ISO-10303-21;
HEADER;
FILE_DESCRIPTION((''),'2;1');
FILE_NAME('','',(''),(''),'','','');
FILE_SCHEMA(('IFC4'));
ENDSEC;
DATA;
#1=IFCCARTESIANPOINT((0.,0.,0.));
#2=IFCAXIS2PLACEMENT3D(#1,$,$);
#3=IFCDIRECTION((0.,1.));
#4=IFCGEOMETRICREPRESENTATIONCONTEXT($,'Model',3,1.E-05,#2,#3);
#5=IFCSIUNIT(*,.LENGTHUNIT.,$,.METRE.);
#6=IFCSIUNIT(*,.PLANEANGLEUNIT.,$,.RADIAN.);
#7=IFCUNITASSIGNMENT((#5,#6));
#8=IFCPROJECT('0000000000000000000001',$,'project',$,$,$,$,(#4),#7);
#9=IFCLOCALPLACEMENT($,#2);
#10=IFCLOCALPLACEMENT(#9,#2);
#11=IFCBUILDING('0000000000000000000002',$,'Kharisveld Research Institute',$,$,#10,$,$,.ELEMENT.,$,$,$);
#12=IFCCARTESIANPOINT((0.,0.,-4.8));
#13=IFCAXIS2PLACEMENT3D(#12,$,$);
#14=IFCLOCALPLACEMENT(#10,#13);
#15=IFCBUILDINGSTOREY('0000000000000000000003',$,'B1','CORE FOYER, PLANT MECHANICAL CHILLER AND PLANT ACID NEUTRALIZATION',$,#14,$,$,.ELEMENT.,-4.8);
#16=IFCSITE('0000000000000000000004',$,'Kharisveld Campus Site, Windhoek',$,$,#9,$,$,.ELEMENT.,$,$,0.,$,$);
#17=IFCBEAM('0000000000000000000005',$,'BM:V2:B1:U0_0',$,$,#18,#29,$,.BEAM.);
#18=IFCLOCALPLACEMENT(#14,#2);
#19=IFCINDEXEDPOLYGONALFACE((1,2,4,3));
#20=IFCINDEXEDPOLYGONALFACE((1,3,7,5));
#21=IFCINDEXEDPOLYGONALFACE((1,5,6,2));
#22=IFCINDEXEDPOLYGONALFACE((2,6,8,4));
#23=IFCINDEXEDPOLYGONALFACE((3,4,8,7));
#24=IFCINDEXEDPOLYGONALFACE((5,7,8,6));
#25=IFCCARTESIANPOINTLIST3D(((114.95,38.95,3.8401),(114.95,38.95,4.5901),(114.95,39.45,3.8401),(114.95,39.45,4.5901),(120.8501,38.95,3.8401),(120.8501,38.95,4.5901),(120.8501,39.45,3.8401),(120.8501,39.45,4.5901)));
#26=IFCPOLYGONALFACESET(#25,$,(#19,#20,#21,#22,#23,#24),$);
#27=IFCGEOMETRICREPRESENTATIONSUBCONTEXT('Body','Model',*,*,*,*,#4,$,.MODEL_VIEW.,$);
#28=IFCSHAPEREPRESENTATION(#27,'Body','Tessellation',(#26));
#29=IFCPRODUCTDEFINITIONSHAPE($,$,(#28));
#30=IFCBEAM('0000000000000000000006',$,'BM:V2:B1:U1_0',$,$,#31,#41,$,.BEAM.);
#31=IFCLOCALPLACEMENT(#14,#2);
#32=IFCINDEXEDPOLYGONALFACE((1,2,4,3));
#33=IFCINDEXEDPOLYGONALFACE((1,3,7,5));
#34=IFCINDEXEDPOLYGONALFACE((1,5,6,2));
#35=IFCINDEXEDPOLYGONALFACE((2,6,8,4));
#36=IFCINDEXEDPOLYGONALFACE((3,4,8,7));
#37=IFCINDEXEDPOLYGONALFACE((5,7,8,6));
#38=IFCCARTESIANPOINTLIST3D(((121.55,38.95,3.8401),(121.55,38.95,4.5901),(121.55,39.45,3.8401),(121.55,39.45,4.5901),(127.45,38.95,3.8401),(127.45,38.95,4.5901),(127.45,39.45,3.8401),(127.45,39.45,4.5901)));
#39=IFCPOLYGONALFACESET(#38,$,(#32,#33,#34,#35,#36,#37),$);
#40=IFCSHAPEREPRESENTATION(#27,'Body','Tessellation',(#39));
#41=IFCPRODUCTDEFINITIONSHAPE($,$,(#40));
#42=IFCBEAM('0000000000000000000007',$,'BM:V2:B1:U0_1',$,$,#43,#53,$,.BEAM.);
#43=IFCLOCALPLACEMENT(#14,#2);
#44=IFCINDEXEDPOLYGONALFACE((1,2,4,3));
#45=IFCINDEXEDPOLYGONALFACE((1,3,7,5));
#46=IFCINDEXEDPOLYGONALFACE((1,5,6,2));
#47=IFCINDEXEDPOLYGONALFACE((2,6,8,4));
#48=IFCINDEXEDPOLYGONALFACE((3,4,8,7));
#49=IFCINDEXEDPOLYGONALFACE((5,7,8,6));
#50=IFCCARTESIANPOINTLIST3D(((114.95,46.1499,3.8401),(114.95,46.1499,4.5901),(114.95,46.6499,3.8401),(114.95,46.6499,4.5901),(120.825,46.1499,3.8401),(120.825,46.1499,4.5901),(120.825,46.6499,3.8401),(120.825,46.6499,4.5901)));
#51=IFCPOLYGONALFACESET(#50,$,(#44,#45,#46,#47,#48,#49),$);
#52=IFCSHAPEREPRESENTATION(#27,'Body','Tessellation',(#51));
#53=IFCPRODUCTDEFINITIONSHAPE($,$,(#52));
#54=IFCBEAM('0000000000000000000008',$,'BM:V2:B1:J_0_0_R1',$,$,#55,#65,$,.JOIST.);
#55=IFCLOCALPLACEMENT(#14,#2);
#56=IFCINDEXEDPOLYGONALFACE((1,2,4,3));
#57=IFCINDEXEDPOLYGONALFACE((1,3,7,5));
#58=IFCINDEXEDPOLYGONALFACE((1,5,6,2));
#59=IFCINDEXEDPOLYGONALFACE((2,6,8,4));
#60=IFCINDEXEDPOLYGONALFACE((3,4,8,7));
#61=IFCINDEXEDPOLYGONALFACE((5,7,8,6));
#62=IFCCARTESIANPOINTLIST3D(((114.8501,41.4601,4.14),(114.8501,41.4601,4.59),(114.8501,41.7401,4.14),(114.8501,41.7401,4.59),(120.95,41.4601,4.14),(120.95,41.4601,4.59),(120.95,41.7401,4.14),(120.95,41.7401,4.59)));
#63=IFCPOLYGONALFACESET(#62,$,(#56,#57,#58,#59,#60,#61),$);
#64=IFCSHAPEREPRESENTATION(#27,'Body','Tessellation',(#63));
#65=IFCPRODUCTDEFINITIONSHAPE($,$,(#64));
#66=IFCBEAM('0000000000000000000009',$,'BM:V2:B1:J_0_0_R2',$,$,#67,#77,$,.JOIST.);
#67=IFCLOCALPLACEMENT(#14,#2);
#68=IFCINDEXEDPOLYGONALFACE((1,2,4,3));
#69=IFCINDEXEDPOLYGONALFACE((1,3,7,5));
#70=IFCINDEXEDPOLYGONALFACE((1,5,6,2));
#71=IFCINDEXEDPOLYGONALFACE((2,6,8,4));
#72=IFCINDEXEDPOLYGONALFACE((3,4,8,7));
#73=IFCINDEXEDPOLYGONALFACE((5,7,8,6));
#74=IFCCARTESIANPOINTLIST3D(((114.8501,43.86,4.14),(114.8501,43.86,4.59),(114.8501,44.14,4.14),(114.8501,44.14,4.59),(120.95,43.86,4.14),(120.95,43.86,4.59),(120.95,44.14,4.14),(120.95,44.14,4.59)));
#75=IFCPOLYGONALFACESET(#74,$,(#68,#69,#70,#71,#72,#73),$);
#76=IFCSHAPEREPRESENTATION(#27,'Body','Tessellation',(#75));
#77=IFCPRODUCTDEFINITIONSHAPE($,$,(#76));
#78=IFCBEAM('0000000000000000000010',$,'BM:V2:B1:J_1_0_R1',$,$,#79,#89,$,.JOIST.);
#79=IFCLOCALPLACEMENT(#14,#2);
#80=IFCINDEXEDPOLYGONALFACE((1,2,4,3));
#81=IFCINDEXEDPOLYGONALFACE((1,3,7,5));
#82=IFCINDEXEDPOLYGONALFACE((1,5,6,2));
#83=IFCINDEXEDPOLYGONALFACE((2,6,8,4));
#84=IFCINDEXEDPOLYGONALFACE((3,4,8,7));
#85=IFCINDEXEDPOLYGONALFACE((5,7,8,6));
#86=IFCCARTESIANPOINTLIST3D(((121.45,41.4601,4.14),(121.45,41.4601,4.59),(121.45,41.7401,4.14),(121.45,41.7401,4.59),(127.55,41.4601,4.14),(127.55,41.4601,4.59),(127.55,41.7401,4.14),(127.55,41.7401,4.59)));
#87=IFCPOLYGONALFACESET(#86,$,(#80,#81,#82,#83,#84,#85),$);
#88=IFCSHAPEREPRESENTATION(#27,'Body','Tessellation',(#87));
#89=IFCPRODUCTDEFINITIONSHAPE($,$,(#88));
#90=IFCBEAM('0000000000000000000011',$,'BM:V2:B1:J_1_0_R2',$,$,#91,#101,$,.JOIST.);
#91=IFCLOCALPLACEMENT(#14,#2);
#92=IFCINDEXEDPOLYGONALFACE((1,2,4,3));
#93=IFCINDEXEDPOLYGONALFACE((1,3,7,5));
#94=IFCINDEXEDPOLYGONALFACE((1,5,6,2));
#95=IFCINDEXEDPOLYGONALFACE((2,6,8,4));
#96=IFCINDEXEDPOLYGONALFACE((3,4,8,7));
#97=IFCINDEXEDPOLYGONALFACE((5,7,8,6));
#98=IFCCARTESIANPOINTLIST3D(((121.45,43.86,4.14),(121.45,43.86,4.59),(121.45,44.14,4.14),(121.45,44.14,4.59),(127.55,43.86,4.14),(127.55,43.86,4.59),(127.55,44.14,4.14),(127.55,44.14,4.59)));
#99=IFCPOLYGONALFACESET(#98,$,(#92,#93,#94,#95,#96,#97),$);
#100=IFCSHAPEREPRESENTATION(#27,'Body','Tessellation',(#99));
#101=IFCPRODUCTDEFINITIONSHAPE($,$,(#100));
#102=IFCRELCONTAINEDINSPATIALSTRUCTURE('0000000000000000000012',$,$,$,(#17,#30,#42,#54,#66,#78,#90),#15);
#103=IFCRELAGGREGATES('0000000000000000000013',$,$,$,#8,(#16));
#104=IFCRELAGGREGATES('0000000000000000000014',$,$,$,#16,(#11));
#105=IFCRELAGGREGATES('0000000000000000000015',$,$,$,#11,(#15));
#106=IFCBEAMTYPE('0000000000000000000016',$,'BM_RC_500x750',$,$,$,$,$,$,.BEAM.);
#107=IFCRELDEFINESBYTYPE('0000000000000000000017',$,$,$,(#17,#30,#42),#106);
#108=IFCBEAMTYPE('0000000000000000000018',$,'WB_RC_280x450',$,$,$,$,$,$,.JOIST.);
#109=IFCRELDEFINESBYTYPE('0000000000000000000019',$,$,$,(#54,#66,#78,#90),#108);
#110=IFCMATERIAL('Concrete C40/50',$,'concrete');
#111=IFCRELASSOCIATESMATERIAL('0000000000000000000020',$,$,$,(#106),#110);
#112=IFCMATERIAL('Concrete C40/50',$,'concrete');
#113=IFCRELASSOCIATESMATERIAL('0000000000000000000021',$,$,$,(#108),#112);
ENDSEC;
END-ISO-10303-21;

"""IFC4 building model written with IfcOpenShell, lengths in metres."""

from ifc_helpers import new_model, si_unit, direction, frame, origin, origin_2d, place, context, subcontext, project, spatial, rectangle, extrude, material, material_profile, profile_set, type_object, element, save


model = new_model("IFC4")

# Units and contexts
model_context = context("Model", 3, precision=1e-05, world=origin(), true_north=direction((0.0, 1.0)))
body_context = subcontext(model_context, "Body", "Model", "MODEL_VIEW")
ifc_project = project(units=[si_unit("LENGTHUNIT", "METRE"), si_unit("PLANEANGLEUNIT", "RADIAN")], contexts=[model_context])

# Site, building, storey
site_placement = place(None, origin())
site = spatial("IfcSite", under=ifc_project, at=site_placement, Name="Kharisveld Campus Site, Windhoek", CompositionType="ELEMENT", RefElevation=0.0)
building_placement = place(site_placement, origin())
building = spatial("IfcBuilding", under=site, at=building_placement, Name="Kharisveld Research Institute", CompositionType="ELEMENT")
storey_placement = place(building_placement, frame((0.0, 0.0, -4.8)))
storey = spatial("IfcBuildingStorey", under=building, at=storey_placement, Name="B1", Description="CORE FOYER, PLANT MECHANICAL CHILLER AND PLANT ACID NEUTRALIZATION", CompositionType="ELEMENT", Elevation=-4.8)

# Beams
ifc_material_1 = material(Name="Concrete C40/50", Category="concrete")
ifc_material_profile_1 = material_profile(ifc_material_1, rectangle(XDim=0.5, YDim=0.75, at=origin_2d()))
ifc_profile_set_1 = profile_set([ifc_material_profile_1], Name="Concrete C40/50")
beam_type_1 = type_object("IfcBeamType", Name="BM_RC_500x750", PredefinedType="BEAM", material=ifc_profile_set_1)
beam_1_placement = place(storey_placement, frame((114.95, 39.2, 4.2151), z_axis=(1.0, 0.0, 0.0), x_axis=(0.0, 1.0, 0.0)))
element("IfcBeam", 1, at=beam_1_placement, inside=storey, type_object=beam_type_1, Name="BM:V2:B1:U0_0", PredefinedType="BEAM", context=body_context, shape_type="SweptSolid", body=[
    extrude(rectangle(XDim=0.5, YDim=0.75, at=origin_2d()), origin(), (0.0, 0.0, 1.0), 5.9001),
])
beam_2_placement = place(storey_placement, frame((121.55, 39.2, 4.2151), z_axis=(1.0, 0.0, 0.0), x_axis=(0.0, 1.0, 0.0)))
element("IfcBeam", 2, at=beam_2_placement, inside=storey, type_object=beam_type_1, Name="BM:V2:B1:U1_0", PredefinedType="BEAM", context=body_context, shape_type="SweptSolid", body=[
    extrude(rectangle(XDim=0.5, YDim=0.75, at=origin_2d()), origin(), (0.0, 0.0, 1.0), 5.8999),
])
beam_3_placement = place(storey_placement, frame((114.95, 46.3999, 4.2151), z_axis=(1.0, 0.0, 0.0), x_axis=(0.0, 1.0, 0.0)))
element("IfcBeam", 3, at=beam_3_placement, inside=storey, type_object=beam_type_1, Name="BM:V2:B1:U0_1", PredefinedType="BEAM", context=body_context, shape_type="SweptSolid", body=[
    extrude(rectangle(XDim=0.5, YDim=0.75, at=origin_2d()), origin(), (0.0, 0.0, 1.0), 5.875),
])
ifc_material_2 = material(Name="Concrete C40/50", Category="concrete")
ifc_material_profile_2 = material_profile(ifc_material_2, rectangle(XDim=0.28, YDim=0.45, at=origin_2d()))
ifc_profile_set_2 = profile_set([ifc_material_profile_2], Name="Concrete C40/50")
beam_type_2 = type_object("IfcBeamType", Name="WB_RC_280x450", PredefinedType="JOIST", material=ifc_profile_set_2)
for number, where, z_axis, x_axis, name in (
    (4, (114.8501, 41.6001, 4.365), (1.0, 0.0, 0.0), (0.0, 1.0, 0.0), "BM:V2:B1:J_0_0_R1"),
    (5, (114.8501, 44.0, 4.365), (1.0, 0.0, 0.0), (0.0, 1.0, 0.0), "BM:V2:B1:J_0_0_R2"),
):
    element("IfcBeam", number, at=place(storey_placement, frame(where, z_axis=z_axis, x_axis=x_axis)), inside=storey, type_object=beam_type_2, Name=name, PredefinedType="JOIST", context=body_context, shape_type="SweptSolid", body=[
        extrude(rectangle(XDim=0.28, YDim=0.45, at=origin_2d()), origin(), (0.0, 0.0, 1.0), 6.0999),
    ])
for number, where, z_axis, x_axis, name in (
    (6, (121.45, 41.6001, 4.365), (1.0, 0.0, 0.0), (0.0, 1.0, 0.0), "BM:V2:B1:J_1_0_R1"),
    (7, (121.45, 44.0, 4.365), (1.0, 0.0, 0.0), (0.0, 1.0, 0.0), "BM:V2:B1:J_1_0_R2"),
):
    element("IfcBeam", number, at=place(storey_placement, frame(where, z_axis=z_axis, x_axis=x_axis)), inside=storey, type_object=beam_type_2, Name=name, PredefinedType="JOIST", context=body_context, shape_type="SweptSolid", body=[
        extrude(rectangle(XDim=0.28, YDim=0.45, at=origin_2d()), origin(), (0.0, 0.0, 1.0), 6.1001),
    ])

save(model, "model.ifc")
